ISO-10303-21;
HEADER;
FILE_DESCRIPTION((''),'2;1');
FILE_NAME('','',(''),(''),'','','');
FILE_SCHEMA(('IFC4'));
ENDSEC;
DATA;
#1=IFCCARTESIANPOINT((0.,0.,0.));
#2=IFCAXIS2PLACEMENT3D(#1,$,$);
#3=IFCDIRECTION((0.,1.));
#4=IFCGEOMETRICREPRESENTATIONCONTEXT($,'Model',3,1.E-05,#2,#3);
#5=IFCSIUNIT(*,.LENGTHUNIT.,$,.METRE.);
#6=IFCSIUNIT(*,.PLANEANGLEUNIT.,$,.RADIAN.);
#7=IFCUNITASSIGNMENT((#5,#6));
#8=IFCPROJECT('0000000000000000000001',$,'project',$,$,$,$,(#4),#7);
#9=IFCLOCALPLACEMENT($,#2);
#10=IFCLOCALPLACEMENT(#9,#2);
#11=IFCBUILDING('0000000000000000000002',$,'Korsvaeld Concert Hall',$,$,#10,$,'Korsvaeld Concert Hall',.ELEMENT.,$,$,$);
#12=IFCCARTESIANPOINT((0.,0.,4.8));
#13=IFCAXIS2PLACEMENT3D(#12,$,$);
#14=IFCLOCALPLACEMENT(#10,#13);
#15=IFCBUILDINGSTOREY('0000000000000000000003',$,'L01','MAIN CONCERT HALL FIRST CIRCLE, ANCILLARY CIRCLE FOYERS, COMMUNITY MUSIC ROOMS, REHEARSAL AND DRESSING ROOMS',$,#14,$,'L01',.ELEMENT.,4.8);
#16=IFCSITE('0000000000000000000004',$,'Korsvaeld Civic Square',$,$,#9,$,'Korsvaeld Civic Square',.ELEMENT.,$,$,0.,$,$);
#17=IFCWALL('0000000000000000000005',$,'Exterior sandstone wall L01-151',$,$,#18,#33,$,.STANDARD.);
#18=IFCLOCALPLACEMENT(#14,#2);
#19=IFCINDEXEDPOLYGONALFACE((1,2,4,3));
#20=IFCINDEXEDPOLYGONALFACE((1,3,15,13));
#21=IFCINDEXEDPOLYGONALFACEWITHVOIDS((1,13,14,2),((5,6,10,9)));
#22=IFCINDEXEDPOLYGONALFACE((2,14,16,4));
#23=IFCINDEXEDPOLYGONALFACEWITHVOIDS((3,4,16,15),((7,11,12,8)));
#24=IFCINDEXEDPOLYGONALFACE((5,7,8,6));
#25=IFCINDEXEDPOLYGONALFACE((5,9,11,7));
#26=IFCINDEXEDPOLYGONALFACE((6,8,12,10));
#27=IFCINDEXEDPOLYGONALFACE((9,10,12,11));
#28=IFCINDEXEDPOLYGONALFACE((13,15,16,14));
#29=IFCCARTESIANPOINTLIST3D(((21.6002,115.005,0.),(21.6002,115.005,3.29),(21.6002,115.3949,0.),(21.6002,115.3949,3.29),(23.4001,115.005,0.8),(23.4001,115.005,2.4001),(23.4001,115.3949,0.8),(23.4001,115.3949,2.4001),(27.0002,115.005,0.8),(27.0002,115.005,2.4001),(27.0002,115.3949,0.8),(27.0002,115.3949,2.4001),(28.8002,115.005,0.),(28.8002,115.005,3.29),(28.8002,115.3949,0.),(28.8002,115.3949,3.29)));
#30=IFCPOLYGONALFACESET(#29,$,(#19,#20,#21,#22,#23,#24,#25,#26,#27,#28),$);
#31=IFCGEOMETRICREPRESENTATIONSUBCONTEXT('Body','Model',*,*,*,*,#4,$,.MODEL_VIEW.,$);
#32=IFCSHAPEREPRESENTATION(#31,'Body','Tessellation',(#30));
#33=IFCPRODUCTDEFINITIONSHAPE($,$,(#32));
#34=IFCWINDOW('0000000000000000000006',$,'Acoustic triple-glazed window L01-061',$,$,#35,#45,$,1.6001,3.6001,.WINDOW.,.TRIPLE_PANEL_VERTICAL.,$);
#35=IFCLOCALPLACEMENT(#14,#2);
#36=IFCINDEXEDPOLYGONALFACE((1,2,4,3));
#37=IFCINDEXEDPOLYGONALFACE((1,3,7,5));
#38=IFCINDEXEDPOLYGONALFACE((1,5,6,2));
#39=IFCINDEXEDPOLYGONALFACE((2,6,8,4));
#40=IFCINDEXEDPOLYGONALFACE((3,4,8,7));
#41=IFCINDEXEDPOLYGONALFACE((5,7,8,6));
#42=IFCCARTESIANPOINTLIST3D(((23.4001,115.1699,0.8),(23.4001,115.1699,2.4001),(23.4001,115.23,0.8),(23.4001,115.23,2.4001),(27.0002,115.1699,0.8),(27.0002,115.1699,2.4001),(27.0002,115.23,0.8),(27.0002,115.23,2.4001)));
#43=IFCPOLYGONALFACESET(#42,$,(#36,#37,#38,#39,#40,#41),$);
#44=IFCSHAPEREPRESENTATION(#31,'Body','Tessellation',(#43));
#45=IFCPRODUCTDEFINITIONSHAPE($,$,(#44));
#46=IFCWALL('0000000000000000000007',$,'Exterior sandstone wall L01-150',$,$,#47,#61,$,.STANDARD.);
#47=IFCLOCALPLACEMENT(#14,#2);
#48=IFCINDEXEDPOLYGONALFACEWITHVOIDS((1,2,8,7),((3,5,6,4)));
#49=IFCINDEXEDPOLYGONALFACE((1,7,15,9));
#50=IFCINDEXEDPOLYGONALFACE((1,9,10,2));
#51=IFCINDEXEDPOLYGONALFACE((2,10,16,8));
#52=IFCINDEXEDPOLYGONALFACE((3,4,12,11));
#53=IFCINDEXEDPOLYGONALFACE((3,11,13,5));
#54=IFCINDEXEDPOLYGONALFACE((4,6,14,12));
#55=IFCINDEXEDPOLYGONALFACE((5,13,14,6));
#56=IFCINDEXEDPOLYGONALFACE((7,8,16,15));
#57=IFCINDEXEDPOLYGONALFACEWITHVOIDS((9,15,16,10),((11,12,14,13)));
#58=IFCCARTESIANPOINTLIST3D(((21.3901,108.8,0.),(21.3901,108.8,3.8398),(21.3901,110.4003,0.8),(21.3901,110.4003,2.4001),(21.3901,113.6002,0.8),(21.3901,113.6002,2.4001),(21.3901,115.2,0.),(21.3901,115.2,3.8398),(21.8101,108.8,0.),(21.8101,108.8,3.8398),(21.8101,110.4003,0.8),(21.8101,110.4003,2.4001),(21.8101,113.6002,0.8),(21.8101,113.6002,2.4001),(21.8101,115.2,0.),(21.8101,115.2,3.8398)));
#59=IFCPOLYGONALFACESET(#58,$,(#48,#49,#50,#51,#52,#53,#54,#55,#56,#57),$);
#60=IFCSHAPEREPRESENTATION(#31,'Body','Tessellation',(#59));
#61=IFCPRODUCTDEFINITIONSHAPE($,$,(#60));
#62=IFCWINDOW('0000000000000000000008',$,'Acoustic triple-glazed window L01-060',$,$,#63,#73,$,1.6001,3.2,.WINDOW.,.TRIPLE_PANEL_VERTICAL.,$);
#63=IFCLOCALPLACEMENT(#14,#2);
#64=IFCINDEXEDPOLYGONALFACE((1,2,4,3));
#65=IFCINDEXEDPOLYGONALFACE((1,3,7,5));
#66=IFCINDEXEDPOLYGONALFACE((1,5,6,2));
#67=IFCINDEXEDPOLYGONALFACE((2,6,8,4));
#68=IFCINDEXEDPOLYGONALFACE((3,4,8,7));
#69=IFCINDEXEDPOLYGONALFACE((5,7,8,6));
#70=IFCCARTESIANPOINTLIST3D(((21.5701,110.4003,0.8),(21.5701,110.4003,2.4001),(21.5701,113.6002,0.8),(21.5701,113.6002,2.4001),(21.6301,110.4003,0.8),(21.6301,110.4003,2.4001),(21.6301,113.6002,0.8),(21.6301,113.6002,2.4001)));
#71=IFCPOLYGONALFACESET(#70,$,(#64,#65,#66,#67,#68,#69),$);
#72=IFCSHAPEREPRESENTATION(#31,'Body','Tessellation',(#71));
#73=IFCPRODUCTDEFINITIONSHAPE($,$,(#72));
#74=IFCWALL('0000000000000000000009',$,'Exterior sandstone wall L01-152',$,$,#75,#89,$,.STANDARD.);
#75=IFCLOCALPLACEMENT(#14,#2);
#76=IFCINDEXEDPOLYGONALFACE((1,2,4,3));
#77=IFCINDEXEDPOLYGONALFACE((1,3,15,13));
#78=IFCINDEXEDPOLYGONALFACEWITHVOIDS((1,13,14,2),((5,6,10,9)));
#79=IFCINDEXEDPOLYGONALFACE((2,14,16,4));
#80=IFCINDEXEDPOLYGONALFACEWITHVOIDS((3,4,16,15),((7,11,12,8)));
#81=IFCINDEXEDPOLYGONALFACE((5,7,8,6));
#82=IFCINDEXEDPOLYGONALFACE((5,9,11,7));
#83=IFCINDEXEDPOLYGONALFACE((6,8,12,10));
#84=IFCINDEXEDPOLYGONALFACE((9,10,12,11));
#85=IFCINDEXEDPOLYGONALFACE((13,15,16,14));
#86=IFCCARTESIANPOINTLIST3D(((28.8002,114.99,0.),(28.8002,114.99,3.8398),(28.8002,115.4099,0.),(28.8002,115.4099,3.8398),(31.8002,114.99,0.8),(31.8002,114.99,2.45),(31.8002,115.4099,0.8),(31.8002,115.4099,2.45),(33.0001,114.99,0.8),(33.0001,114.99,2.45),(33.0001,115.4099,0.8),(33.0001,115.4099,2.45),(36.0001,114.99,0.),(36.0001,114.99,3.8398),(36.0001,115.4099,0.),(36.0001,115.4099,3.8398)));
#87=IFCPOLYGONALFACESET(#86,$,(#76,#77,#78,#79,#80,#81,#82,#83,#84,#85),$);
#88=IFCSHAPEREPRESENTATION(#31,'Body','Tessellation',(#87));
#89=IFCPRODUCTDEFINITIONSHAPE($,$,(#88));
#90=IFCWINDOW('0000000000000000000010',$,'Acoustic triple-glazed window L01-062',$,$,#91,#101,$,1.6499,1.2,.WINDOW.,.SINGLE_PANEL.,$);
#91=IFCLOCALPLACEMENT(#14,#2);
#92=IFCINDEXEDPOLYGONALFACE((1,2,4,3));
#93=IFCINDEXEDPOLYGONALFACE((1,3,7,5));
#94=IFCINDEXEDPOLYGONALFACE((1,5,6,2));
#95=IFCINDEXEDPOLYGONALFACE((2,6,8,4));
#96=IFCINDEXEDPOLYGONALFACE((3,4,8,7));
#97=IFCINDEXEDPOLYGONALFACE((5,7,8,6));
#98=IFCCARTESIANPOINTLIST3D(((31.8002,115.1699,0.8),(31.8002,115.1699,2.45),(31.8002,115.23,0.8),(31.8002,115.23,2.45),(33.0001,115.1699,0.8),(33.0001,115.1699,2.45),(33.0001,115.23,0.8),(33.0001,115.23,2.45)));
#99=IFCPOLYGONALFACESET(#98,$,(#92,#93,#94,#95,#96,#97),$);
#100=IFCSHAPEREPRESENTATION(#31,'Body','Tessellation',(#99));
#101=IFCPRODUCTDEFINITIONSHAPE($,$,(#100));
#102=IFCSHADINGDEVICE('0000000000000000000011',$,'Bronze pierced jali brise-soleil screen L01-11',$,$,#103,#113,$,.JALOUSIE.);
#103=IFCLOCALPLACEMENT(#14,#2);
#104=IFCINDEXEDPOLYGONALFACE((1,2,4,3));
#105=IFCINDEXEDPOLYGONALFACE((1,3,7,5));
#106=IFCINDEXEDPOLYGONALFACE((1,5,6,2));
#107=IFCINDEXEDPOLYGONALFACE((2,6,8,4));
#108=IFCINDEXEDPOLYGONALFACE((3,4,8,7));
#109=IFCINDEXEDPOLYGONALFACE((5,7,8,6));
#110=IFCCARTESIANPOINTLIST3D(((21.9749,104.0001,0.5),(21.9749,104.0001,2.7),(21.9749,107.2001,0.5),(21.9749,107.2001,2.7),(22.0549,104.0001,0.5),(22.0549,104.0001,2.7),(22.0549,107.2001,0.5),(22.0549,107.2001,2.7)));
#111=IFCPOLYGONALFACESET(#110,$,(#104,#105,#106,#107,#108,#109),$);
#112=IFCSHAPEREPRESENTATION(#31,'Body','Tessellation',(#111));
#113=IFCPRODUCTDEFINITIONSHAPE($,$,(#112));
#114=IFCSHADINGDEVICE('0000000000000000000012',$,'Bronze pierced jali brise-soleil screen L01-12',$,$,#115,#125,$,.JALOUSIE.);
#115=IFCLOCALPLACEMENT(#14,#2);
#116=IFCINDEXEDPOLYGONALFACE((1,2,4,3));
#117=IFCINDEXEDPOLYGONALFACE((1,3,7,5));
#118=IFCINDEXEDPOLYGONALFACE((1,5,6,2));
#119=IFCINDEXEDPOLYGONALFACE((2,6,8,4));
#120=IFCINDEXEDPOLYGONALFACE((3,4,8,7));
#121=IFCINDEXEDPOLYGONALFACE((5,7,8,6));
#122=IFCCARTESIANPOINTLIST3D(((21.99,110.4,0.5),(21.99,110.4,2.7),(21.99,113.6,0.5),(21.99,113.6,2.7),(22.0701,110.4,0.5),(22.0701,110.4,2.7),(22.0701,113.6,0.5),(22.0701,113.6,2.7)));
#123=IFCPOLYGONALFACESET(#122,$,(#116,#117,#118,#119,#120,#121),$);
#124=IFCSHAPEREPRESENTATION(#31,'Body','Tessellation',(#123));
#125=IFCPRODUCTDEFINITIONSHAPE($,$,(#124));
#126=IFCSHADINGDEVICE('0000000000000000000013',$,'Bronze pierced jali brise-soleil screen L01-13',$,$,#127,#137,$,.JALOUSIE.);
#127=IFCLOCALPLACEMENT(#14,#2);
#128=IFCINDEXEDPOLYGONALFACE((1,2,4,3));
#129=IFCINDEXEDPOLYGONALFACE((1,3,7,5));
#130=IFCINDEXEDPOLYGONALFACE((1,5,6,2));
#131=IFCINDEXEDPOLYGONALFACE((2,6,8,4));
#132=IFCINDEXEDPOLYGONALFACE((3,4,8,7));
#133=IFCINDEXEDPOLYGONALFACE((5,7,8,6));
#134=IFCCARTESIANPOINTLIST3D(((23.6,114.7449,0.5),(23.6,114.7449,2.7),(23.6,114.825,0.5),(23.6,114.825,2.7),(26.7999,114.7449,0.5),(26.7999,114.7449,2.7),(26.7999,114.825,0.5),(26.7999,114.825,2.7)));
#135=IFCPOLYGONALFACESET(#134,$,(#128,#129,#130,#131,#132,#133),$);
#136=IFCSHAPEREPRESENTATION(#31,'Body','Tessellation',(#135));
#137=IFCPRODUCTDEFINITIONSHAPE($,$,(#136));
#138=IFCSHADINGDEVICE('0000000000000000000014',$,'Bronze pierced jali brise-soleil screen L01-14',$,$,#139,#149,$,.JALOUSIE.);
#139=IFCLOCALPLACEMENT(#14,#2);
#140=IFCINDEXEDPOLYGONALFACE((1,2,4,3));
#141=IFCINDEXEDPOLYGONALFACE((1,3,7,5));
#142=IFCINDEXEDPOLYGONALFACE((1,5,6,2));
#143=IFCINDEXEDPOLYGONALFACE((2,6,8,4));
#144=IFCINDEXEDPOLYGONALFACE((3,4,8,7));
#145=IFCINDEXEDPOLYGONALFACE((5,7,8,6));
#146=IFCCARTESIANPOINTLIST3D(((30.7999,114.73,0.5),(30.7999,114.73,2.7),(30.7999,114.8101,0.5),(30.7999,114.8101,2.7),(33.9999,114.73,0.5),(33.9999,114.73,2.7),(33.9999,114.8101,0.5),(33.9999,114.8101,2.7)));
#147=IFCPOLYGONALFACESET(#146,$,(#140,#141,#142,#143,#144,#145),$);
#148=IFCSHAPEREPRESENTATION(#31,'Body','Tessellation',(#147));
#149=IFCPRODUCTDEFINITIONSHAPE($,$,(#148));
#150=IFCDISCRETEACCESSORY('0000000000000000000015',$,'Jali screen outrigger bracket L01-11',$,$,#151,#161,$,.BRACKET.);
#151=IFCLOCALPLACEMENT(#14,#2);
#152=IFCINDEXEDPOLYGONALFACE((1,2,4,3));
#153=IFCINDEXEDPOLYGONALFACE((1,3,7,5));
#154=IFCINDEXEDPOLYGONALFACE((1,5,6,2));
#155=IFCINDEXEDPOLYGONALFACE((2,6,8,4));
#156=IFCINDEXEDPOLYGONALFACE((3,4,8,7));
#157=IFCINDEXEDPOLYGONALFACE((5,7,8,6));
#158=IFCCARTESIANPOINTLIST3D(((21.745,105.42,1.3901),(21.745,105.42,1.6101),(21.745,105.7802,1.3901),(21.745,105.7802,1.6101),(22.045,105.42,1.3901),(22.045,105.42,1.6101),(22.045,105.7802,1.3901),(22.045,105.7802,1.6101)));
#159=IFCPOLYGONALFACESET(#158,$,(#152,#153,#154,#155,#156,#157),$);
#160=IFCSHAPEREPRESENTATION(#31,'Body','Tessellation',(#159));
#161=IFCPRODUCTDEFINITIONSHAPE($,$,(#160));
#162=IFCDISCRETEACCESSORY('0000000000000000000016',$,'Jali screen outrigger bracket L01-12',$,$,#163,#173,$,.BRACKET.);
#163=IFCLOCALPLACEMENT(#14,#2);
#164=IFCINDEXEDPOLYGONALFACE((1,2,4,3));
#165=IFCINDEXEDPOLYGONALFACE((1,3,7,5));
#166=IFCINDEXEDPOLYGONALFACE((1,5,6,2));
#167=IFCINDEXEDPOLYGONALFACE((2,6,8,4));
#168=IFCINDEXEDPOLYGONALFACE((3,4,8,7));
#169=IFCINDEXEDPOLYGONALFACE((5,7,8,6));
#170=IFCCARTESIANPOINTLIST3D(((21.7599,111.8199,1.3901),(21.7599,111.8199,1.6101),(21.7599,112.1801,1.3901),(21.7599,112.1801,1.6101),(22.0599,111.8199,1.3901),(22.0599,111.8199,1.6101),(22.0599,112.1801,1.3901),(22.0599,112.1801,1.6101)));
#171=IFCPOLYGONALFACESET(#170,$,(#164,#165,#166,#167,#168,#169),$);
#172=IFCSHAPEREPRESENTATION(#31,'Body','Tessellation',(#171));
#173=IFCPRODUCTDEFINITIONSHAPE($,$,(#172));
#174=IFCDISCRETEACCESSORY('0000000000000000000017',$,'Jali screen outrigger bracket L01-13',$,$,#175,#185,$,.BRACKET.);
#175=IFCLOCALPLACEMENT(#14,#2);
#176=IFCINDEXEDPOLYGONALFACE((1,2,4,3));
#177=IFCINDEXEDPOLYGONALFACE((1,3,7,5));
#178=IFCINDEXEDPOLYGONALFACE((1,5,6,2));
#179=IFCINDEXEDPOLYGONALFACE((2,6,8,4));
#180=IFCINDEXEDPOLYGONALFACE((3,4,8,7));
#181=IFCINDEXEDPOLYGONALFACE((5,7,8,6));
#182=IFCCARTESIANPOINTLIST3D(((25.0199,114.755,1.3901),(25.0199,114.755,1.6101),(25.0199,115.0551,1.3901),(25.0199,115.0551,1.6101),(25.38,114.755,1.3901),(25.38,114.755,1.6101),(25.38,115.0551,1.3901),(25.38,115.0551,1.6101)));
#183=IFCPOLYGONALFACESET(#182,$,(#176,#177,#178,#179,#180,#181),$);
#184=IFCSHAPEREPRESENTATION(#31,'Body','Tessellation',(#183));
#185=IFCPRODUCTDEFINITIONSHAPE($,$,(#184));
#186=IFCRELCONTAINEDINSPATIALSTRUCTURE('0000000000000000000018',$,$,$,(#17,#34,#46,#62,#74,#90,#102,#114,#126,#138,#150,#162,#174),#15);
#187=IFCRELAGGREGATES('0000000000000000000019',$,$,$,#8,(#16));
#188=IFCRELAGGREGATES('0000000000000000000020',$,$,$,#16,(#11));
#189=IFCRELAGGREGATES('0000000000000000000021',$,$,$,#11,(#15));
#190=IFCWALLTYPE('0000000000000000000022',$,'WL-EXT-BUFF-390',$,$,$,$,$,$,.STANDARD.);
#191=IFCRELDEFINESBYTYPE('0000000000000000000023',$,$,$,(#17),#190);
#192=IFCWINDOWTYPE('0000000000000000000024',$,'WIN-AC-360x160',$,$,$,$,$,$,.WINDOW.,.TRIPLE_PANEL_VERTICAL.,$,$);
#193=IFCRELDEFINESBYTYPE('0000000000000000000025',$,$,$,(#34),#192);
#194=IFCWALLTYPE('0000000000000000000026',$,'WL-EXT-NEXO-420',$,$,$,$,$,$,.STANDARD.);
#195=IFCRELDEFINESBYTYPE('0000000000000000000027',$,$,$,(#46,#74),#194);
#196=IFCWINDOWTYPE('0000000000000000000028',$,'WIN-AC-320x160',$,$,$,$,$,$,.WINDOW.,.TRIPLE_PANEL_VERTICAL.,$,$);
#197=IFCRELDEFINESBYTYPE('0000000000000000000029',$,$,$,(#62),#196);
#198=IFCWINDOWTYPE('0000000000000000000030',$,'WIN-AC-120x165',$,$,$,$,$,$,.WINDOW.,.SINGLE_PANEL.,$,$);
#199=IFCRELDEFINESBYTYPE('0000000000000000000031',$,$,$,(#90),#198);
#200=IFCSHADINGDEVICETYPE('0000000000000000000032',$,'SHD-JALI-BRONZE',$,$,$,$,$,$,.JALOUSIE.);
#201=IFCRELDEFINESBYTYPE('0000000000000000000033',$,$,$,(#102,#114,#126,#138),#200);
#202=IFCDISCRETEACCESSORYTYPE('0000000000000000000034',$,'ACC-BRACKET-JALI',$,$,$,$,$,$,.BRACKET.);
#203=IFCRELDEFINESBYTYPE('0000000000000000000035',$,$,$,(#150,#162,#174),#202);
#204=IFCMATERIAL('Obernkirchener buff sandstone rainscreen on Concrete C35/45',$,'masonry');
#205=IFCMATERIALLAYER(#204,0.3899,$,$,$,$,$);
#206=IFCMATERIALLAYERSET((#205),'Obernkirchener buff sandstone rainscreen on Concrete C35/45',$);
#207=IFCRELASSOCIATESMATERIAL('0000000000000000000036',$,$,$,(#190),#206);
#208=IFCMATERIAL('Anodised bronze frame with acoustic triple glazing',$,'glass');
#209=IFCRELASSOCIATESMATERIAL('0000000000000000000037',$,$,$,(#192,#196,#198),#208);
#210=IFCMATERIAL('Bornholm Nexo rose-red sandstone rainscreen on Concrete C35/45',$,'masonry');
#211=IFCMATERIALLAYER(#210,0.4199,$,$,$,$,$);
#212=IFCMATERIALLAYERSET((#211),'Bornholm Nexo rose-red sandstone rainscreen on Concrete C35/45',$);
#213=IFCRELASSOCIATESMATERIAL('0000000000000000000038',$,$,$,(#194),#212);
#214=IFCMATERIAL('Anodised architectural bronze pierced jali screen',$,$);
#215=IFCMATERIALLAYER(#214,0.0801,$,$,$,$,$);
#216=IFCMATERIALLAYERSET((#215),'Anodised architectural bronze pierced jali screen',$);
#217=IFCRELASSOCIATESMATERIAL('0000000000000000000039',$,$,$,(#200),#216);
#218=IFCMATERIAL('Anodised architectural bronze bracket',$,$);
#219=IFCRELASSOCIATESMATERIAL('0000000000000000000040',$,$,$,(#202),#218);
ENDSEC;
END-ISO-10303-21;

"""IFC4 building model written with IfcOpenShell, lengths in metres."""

from ifc_helpers import new_model, si_unit, direction, frame, frame_2d, origin, origin_2d, place, context, subcontext, project, spatial, rectangle, extrude, material, layer, layer_set, type_object, element, fill, save


model = new_model("IFC4")

# Units and contexts
model_context = context("Model", 3, precision=1e-05, world=origin(), true_north=direction((0.0, 1.0)))
body_context = subcontext(model_context, "Body", "Model", "MODEL_VIEW")
ifc_project = project(units=[si_unit("LENGTHUNIT", "METRE"), si_unit("PLANEANGLEUNIT", "RADIAN")], contexts=[model_context])

# Site, building, storey
site_placement = place(None, origin())
site = spatial("IfcSite", under=ifc_project, at=site_placement, Name="Korsvaeld Civic Square", LongName="Korsvaeld Civic Square", CompositionType="ELEMENT", RefElevation=0.0)
building_placement = place(site_placement, origin())
building = spatial("IfcBuilding", under=site, at=building_placement, Name="Korsvaeld Concert Hall", LongName="Korsvaeld Concert Hall", CompositionType="ELEMENT")
storey_placement = place(building_placement, frame((0.0, 0.0, 4.8)))
storey = spatial("IfcBuildingStorey", under=building, at=storey_placement, Name="L01", Description="MAIN CONCERT HALL FIRST CIRCLE, ANCILLARY CIRCLE FOYERS, COMMUNITY MUSIC ROOMS, REHEARSAL AND DRESSING ROOMS", LongName="L01", CompositionType="ELEMENT", Elevation=4.8)

# Walls, openings, windows
ifc_material_1 = material(Name="Obernkirchener buff sandstone rainscreen on Concrete C35/45", Category="masonry")
ifc_layer_1 = layer(ifc_material_1, 0.3899)
ifc_layer_set_1 = layer_set([ifc_layer_1], Name="Obernkirchener buff sandstone rainscreen on Concrete C35/45")
wall_type_1 = type_object("IfcWallType", Name="WL-EXT-BUFF-390", PredefinedType="STANDARD", material=ifc_layer_set_1)
wall_1_placement = place(storey_placement, frame((21.6001, 115.2, 0.0), z_axis=(0.0, 0.0, 1.0), x_axis=(1.0, 0.0, 0.0)))
wall_1 = element("IfcWall", 1, at=wall_1_placement, inside=storey, type_object=wall_type_1, Name="Exterior sandstone wall L01-151", PredefinedType="STANDARD", context=body_context, shape_type="SweptSolid", body=[
    extrude(rectangle(XDim=7.2, YDim=0.3899, at=frame_2d((3.6001, 0.0))), origin(), (0.0, 0.0, 1.0), 3.29),
])
opening_1_placement = place(wall_1_placement, frame((1.8, 0.0, 0.8)))
opening_1 = element("IfcOpeningElement", 2, at=opening_1_placement, cuts=wall_1, PredefinedType="OPENING", context=body_context, shape_type="SweptSolid", body=[
    extrude(rectangle(XDim=3.6001, YDim=1.6001, at=frame_2d((1.8, 0.8))), frame((0.0, 0.2051, 0.0), z_axis=(0.0, -1.0, 0.0), x_axis=(1.0, 0.0, 0.0)), (0.0, 0.0, 1.0), 0.4099),
])
ifc_material_2 = material(Name="Anodised bronze frame with acoustic triple glazing", Category="glass")
window_type_1 = type_object("IfcWindowType", Name="WIN-AC-360x160", PartitioningType="TRIPLE_PANEL_VERTICAL", PredefinedType="WINDOW", material=ifc_material_2)
window_1_placement = place(opening_1_placement, origin())
window_1 = element("IfcWindow", 3, at=window_1_placement, inside=storey, type_object=window_type_1, Name="Acoustic triple-glazed window L01-061", OverallHeight=1.6001, OverallWidth=3.6001, PartitioningType="TRIPLE_PANEL_VERTICAL", PredefinedType="WINDOW", context=body_context, shape_type="SweptSolid", body=[
    extrude(rectangle(XDim=3.6001, YDim=1.6001, at=frame_2d((1.8, 0.8))), frame((0.0, 0.03, 0.0), z_axis=(0.0, -1.0, 0.0), x_axis=(1.0, 0.0, 0.0)), (0.0, 0.0, 1.0), 0.0601),
])
fill(opening_1, window_1)
ifc_material_3 = material(Name="Bornholm Nexo rose-red sandstone rainscreen on Concrete C35/45", Category="masonry")
ifc_layer_2 = layer(ifc_material_3, 0.4199)
ifc_layer_set_2 = layer_set([ifc_layer_2], Name="Bornholm Nexo rose-red sandstone rainscreen on Concrete C35/45")
wall_type_2 = type_object("IfcWallType", Name="WL-EXT-NEXO-420", PredefinedType="STANDARD", material=ifc_layer_set_2)
wall_2_placement = place(storey_placement, frame((21.6001, 108.8, 0.0), z_axis=(0.0, 0.0, 1.0), x_axis=(0.0, 1.0, 0.0)))
wall_2 = element("IfcWall", 4, at=wall_2_placement, inside=storey, type_object=wall_type_2, Name="Exterior sandstone wall L01-150", PredefinedType="STANDARD", context=body_context, shape_type="SweptSolid", body=[
    extrude(rectangle(XDim=6.3999, YDim=0.4199, at=frame_2d((3.2, 0.0))), origin(), (0.0, 0.0, 1.0), 3.8398),
])
opening_2_placement = place(wall_2_placement, frame((1.6001, 0.0, 0.8)))
opening_2 = element("IfcOpeningElement", 5, at=opening_2_placement, cuts=wall_2, PredefinedType="OPENING", context=body_context, shape_type="SweptSolid", body=[
    extrude(rectangle(XDim=3.2, YDim=1.6001, at=frame_2d((1.6001, 0.8))), frame((0.0, 0.22, 0.0), z_axis=(0.0, -1.0, 0.0), x_axis=(1.0, 0.0, 0.0)), (0.0, 0.0, 1.0), 0.4399),
])
window_type_2 = type_object("IfcWindowType", Name="WIN-AC-320x160", PartitioningType="TRIPLE_PANEL_VERTICAL", PredefinedType="WINDOW", material=ifc_material_2)
window_2_placement = place(opening_2_placement, origin())
window_2 = element("IfcWindow", 6, at=window_2_placement, inside=storey, type_object=window_type_2, Name="Acoustic triple-glazed window L01-060", OverallHeight=1.6001, OverallWidth=3.2, PartitioningType="TRIPLE_PANEL_VERTICAL", PredefinedType="WINDOW", context=body_context, shape_type="SweptSolid", body=[
    extrude(rectangle(XDim=3.2, YDim=1.6001, at=frame_2d((1.6001, 0.8))), frame((0.0, 0.03, 0.0), z_axis=(0.0, -1.0, 0.0), x_axis=(1.0, 0.0, 0.0)), (0.0, 0.0, 1.0), 0.0601),
])
fill(opening_2, window_2)
wall_3_placement = place(storey_placement, frame((28.8, 115.2, 0.0), z_axis=(0.0, 0.0, 1.0), x_axis=(1.0, 0.0, 0.0)))
wall_3 = element("IfcWall", 7, at=wall_3_placement, inside=storey, type_object=wall_type_2, Name="Exterior sandstone wall L01-152", PredefinedType="STANDARD", context=body_context, shape_type="SweptSolid", body=[
    extrude(rectangle(XDim=7.2, YDim=0.4199, at=frame_2d((3.6001, 0.0))), origin(), (0.0, 0.0, 1.0), 3.8398),
])
opening_3_placement = place(wall_3_placement, frame((3.0, 0.0, 0.8)))
opening_3 = element("IfcOpeningElement", 8, at=opening_3_placement, cuts=wall_3, PredefinedType="OPENING", context=body_context, shape_type="SweptSolid", body=[
    extrude(rectangle(XDim=1.2, YDim=1.6499, at=frame_2d((0.6001, 0.825))), frame((0.0, 0.22, 0.0), z_axis=(0.0, -1.0, 0.0), x_axis=(1.0, 0.0, 0.0)), (0.0, 0.0, 1.0), 0.4399),
])
window_type_3 = type_object("IfcWindowType", Name="WIN-AC-120x165", PartitioningType="SINGLE_PANEL", PredefinedType="WINDOW", material=ifc_material_2)
window_3_placement = place(opening_3_placement, origin())
window_3 = element("IfcWindow", 9, at=window_3_placement, inside=storey, type_object=window_type_3, Name="Acoustic triple-glazed window L01-062", OverallHeight=1.6499, OverallWidth=1.2, PartitioningType="SINGLE_PANEL", PredefinedType="WINDOW", context=body_context, shape_type="SweptSolid", body=[
    extrude(rectangle(XDim=1.2, YDim=1.6499, at=frame_2d((0.6001, 0.825))), frame((0.0, 0.03, 0.0), z_axis=(0.0, -1.0, 0.0), x_axis=(1.0, 0.0, 0.0)), (0.0, 0.0, 1.0), 0.0601),
])
fill(opening_3, window_3)

# Shading devices
ifc_material_4 = material(Name="Anodised architectural bronze pierced jali screen")
ifc_layer_3 = layer(ifc_material_4, 0.0801)
ifc_layer_set_3 = layer_set([ifc_layer_3], Name="Anodised architectural bronze pierced jali screen")
shading_device_type = type_object("IfcShadingDeviceType", Name="SHD-JALI-BRONZE", PredefinedType="JALOUSIE", material=ifc_layer_set_3)
for number, where, z_axis, x_axis, name in (
    (10, (22.0149, 105.6001, 0.5), (0.0, 0.0, 1.0), (0.0, 1.0, 0.0), "Bronze pierced jali brise-soleil screen L01-11"),
    (11, (22.03, 112.0, 0.5), (0.0, 0.0, 1.0), (0.0, 1.0, 0.0), "Bronze pierced jali brise-soleil screen L01-12"),
    (12, (25.2, 114.7849, 0.5), (0.0, 0.0, 1.0), (1.0, 0.0, 0.0), "Bronze pierced jali brise-soleil screen L01-13"),
    (13, (32.3999, 114.77, 0.5), (0.0, 0.0, 1.0), (1.0, 0.0, 0.0), "Bronze pierced jali brise-soleil screen L01-14"),
):
    element("IfcShadingDevice", number, at=place(storey_placement, frame(where, z_axis=z_axis, x_axis=x_axis)), inside=storey, type_object=shading_device_type, Name=name, PredefinedType="JALOUSIE", context=body_context, shape_type="SweptSolid", body=[
        extrude(rectangle(XDim=3.2, YDim=0.0801, at=origin_2d()), origin(), (0.0, 0.0, 1.0), 2.2),
    ])

# Discrete accessories
ifc_material_5 = material(Name="Anodised architectural bronze bracket")
discrete_accessory_type = type_object("IfcDiscreteAccessoryType", Name="ACC-BRACKET-JALI", PredefinedType="BRACKET", material=ifc_material_5)
for number, where, z_axis, x_axis, name in (
    (14, (21.895, 105.6001, 1.3901), (0.0, 0.0, 1.0), (0.0, 1.0, 0.0), "Jali screen outrigger bracket L01-11"),
    (15, (21.9099, 112.0, 1.3901), (0.0, 0.0, 1.0), (0.0, 1.0, 0.0), "Jali screen outrigger bracket L01-12"),
    (16, (25.2, 114.905, 1.3901), (0.0, 0.0, 1.0), (1.0, 0.0, 0.0), "Jali screen outrigger bracket L01-13"),
):
    element("IfcDiscreteAccessory", number, at=place(storey_placement, frame(where, z_axis=z_axis, x_axis=x_axis)), inside=storey, type_object=discrete_accessory_type, Name=name, PredefinedType="BRACKET", context=body_context, shape_type="SweptSolid", body=[
        extrude(rectangle(XDim=0.3601, YDim=0.3, at=origin_2d()), origin(), (0.0, 0.0, 1.0), 0.22),
    ])

save(model, "model.ifc")
